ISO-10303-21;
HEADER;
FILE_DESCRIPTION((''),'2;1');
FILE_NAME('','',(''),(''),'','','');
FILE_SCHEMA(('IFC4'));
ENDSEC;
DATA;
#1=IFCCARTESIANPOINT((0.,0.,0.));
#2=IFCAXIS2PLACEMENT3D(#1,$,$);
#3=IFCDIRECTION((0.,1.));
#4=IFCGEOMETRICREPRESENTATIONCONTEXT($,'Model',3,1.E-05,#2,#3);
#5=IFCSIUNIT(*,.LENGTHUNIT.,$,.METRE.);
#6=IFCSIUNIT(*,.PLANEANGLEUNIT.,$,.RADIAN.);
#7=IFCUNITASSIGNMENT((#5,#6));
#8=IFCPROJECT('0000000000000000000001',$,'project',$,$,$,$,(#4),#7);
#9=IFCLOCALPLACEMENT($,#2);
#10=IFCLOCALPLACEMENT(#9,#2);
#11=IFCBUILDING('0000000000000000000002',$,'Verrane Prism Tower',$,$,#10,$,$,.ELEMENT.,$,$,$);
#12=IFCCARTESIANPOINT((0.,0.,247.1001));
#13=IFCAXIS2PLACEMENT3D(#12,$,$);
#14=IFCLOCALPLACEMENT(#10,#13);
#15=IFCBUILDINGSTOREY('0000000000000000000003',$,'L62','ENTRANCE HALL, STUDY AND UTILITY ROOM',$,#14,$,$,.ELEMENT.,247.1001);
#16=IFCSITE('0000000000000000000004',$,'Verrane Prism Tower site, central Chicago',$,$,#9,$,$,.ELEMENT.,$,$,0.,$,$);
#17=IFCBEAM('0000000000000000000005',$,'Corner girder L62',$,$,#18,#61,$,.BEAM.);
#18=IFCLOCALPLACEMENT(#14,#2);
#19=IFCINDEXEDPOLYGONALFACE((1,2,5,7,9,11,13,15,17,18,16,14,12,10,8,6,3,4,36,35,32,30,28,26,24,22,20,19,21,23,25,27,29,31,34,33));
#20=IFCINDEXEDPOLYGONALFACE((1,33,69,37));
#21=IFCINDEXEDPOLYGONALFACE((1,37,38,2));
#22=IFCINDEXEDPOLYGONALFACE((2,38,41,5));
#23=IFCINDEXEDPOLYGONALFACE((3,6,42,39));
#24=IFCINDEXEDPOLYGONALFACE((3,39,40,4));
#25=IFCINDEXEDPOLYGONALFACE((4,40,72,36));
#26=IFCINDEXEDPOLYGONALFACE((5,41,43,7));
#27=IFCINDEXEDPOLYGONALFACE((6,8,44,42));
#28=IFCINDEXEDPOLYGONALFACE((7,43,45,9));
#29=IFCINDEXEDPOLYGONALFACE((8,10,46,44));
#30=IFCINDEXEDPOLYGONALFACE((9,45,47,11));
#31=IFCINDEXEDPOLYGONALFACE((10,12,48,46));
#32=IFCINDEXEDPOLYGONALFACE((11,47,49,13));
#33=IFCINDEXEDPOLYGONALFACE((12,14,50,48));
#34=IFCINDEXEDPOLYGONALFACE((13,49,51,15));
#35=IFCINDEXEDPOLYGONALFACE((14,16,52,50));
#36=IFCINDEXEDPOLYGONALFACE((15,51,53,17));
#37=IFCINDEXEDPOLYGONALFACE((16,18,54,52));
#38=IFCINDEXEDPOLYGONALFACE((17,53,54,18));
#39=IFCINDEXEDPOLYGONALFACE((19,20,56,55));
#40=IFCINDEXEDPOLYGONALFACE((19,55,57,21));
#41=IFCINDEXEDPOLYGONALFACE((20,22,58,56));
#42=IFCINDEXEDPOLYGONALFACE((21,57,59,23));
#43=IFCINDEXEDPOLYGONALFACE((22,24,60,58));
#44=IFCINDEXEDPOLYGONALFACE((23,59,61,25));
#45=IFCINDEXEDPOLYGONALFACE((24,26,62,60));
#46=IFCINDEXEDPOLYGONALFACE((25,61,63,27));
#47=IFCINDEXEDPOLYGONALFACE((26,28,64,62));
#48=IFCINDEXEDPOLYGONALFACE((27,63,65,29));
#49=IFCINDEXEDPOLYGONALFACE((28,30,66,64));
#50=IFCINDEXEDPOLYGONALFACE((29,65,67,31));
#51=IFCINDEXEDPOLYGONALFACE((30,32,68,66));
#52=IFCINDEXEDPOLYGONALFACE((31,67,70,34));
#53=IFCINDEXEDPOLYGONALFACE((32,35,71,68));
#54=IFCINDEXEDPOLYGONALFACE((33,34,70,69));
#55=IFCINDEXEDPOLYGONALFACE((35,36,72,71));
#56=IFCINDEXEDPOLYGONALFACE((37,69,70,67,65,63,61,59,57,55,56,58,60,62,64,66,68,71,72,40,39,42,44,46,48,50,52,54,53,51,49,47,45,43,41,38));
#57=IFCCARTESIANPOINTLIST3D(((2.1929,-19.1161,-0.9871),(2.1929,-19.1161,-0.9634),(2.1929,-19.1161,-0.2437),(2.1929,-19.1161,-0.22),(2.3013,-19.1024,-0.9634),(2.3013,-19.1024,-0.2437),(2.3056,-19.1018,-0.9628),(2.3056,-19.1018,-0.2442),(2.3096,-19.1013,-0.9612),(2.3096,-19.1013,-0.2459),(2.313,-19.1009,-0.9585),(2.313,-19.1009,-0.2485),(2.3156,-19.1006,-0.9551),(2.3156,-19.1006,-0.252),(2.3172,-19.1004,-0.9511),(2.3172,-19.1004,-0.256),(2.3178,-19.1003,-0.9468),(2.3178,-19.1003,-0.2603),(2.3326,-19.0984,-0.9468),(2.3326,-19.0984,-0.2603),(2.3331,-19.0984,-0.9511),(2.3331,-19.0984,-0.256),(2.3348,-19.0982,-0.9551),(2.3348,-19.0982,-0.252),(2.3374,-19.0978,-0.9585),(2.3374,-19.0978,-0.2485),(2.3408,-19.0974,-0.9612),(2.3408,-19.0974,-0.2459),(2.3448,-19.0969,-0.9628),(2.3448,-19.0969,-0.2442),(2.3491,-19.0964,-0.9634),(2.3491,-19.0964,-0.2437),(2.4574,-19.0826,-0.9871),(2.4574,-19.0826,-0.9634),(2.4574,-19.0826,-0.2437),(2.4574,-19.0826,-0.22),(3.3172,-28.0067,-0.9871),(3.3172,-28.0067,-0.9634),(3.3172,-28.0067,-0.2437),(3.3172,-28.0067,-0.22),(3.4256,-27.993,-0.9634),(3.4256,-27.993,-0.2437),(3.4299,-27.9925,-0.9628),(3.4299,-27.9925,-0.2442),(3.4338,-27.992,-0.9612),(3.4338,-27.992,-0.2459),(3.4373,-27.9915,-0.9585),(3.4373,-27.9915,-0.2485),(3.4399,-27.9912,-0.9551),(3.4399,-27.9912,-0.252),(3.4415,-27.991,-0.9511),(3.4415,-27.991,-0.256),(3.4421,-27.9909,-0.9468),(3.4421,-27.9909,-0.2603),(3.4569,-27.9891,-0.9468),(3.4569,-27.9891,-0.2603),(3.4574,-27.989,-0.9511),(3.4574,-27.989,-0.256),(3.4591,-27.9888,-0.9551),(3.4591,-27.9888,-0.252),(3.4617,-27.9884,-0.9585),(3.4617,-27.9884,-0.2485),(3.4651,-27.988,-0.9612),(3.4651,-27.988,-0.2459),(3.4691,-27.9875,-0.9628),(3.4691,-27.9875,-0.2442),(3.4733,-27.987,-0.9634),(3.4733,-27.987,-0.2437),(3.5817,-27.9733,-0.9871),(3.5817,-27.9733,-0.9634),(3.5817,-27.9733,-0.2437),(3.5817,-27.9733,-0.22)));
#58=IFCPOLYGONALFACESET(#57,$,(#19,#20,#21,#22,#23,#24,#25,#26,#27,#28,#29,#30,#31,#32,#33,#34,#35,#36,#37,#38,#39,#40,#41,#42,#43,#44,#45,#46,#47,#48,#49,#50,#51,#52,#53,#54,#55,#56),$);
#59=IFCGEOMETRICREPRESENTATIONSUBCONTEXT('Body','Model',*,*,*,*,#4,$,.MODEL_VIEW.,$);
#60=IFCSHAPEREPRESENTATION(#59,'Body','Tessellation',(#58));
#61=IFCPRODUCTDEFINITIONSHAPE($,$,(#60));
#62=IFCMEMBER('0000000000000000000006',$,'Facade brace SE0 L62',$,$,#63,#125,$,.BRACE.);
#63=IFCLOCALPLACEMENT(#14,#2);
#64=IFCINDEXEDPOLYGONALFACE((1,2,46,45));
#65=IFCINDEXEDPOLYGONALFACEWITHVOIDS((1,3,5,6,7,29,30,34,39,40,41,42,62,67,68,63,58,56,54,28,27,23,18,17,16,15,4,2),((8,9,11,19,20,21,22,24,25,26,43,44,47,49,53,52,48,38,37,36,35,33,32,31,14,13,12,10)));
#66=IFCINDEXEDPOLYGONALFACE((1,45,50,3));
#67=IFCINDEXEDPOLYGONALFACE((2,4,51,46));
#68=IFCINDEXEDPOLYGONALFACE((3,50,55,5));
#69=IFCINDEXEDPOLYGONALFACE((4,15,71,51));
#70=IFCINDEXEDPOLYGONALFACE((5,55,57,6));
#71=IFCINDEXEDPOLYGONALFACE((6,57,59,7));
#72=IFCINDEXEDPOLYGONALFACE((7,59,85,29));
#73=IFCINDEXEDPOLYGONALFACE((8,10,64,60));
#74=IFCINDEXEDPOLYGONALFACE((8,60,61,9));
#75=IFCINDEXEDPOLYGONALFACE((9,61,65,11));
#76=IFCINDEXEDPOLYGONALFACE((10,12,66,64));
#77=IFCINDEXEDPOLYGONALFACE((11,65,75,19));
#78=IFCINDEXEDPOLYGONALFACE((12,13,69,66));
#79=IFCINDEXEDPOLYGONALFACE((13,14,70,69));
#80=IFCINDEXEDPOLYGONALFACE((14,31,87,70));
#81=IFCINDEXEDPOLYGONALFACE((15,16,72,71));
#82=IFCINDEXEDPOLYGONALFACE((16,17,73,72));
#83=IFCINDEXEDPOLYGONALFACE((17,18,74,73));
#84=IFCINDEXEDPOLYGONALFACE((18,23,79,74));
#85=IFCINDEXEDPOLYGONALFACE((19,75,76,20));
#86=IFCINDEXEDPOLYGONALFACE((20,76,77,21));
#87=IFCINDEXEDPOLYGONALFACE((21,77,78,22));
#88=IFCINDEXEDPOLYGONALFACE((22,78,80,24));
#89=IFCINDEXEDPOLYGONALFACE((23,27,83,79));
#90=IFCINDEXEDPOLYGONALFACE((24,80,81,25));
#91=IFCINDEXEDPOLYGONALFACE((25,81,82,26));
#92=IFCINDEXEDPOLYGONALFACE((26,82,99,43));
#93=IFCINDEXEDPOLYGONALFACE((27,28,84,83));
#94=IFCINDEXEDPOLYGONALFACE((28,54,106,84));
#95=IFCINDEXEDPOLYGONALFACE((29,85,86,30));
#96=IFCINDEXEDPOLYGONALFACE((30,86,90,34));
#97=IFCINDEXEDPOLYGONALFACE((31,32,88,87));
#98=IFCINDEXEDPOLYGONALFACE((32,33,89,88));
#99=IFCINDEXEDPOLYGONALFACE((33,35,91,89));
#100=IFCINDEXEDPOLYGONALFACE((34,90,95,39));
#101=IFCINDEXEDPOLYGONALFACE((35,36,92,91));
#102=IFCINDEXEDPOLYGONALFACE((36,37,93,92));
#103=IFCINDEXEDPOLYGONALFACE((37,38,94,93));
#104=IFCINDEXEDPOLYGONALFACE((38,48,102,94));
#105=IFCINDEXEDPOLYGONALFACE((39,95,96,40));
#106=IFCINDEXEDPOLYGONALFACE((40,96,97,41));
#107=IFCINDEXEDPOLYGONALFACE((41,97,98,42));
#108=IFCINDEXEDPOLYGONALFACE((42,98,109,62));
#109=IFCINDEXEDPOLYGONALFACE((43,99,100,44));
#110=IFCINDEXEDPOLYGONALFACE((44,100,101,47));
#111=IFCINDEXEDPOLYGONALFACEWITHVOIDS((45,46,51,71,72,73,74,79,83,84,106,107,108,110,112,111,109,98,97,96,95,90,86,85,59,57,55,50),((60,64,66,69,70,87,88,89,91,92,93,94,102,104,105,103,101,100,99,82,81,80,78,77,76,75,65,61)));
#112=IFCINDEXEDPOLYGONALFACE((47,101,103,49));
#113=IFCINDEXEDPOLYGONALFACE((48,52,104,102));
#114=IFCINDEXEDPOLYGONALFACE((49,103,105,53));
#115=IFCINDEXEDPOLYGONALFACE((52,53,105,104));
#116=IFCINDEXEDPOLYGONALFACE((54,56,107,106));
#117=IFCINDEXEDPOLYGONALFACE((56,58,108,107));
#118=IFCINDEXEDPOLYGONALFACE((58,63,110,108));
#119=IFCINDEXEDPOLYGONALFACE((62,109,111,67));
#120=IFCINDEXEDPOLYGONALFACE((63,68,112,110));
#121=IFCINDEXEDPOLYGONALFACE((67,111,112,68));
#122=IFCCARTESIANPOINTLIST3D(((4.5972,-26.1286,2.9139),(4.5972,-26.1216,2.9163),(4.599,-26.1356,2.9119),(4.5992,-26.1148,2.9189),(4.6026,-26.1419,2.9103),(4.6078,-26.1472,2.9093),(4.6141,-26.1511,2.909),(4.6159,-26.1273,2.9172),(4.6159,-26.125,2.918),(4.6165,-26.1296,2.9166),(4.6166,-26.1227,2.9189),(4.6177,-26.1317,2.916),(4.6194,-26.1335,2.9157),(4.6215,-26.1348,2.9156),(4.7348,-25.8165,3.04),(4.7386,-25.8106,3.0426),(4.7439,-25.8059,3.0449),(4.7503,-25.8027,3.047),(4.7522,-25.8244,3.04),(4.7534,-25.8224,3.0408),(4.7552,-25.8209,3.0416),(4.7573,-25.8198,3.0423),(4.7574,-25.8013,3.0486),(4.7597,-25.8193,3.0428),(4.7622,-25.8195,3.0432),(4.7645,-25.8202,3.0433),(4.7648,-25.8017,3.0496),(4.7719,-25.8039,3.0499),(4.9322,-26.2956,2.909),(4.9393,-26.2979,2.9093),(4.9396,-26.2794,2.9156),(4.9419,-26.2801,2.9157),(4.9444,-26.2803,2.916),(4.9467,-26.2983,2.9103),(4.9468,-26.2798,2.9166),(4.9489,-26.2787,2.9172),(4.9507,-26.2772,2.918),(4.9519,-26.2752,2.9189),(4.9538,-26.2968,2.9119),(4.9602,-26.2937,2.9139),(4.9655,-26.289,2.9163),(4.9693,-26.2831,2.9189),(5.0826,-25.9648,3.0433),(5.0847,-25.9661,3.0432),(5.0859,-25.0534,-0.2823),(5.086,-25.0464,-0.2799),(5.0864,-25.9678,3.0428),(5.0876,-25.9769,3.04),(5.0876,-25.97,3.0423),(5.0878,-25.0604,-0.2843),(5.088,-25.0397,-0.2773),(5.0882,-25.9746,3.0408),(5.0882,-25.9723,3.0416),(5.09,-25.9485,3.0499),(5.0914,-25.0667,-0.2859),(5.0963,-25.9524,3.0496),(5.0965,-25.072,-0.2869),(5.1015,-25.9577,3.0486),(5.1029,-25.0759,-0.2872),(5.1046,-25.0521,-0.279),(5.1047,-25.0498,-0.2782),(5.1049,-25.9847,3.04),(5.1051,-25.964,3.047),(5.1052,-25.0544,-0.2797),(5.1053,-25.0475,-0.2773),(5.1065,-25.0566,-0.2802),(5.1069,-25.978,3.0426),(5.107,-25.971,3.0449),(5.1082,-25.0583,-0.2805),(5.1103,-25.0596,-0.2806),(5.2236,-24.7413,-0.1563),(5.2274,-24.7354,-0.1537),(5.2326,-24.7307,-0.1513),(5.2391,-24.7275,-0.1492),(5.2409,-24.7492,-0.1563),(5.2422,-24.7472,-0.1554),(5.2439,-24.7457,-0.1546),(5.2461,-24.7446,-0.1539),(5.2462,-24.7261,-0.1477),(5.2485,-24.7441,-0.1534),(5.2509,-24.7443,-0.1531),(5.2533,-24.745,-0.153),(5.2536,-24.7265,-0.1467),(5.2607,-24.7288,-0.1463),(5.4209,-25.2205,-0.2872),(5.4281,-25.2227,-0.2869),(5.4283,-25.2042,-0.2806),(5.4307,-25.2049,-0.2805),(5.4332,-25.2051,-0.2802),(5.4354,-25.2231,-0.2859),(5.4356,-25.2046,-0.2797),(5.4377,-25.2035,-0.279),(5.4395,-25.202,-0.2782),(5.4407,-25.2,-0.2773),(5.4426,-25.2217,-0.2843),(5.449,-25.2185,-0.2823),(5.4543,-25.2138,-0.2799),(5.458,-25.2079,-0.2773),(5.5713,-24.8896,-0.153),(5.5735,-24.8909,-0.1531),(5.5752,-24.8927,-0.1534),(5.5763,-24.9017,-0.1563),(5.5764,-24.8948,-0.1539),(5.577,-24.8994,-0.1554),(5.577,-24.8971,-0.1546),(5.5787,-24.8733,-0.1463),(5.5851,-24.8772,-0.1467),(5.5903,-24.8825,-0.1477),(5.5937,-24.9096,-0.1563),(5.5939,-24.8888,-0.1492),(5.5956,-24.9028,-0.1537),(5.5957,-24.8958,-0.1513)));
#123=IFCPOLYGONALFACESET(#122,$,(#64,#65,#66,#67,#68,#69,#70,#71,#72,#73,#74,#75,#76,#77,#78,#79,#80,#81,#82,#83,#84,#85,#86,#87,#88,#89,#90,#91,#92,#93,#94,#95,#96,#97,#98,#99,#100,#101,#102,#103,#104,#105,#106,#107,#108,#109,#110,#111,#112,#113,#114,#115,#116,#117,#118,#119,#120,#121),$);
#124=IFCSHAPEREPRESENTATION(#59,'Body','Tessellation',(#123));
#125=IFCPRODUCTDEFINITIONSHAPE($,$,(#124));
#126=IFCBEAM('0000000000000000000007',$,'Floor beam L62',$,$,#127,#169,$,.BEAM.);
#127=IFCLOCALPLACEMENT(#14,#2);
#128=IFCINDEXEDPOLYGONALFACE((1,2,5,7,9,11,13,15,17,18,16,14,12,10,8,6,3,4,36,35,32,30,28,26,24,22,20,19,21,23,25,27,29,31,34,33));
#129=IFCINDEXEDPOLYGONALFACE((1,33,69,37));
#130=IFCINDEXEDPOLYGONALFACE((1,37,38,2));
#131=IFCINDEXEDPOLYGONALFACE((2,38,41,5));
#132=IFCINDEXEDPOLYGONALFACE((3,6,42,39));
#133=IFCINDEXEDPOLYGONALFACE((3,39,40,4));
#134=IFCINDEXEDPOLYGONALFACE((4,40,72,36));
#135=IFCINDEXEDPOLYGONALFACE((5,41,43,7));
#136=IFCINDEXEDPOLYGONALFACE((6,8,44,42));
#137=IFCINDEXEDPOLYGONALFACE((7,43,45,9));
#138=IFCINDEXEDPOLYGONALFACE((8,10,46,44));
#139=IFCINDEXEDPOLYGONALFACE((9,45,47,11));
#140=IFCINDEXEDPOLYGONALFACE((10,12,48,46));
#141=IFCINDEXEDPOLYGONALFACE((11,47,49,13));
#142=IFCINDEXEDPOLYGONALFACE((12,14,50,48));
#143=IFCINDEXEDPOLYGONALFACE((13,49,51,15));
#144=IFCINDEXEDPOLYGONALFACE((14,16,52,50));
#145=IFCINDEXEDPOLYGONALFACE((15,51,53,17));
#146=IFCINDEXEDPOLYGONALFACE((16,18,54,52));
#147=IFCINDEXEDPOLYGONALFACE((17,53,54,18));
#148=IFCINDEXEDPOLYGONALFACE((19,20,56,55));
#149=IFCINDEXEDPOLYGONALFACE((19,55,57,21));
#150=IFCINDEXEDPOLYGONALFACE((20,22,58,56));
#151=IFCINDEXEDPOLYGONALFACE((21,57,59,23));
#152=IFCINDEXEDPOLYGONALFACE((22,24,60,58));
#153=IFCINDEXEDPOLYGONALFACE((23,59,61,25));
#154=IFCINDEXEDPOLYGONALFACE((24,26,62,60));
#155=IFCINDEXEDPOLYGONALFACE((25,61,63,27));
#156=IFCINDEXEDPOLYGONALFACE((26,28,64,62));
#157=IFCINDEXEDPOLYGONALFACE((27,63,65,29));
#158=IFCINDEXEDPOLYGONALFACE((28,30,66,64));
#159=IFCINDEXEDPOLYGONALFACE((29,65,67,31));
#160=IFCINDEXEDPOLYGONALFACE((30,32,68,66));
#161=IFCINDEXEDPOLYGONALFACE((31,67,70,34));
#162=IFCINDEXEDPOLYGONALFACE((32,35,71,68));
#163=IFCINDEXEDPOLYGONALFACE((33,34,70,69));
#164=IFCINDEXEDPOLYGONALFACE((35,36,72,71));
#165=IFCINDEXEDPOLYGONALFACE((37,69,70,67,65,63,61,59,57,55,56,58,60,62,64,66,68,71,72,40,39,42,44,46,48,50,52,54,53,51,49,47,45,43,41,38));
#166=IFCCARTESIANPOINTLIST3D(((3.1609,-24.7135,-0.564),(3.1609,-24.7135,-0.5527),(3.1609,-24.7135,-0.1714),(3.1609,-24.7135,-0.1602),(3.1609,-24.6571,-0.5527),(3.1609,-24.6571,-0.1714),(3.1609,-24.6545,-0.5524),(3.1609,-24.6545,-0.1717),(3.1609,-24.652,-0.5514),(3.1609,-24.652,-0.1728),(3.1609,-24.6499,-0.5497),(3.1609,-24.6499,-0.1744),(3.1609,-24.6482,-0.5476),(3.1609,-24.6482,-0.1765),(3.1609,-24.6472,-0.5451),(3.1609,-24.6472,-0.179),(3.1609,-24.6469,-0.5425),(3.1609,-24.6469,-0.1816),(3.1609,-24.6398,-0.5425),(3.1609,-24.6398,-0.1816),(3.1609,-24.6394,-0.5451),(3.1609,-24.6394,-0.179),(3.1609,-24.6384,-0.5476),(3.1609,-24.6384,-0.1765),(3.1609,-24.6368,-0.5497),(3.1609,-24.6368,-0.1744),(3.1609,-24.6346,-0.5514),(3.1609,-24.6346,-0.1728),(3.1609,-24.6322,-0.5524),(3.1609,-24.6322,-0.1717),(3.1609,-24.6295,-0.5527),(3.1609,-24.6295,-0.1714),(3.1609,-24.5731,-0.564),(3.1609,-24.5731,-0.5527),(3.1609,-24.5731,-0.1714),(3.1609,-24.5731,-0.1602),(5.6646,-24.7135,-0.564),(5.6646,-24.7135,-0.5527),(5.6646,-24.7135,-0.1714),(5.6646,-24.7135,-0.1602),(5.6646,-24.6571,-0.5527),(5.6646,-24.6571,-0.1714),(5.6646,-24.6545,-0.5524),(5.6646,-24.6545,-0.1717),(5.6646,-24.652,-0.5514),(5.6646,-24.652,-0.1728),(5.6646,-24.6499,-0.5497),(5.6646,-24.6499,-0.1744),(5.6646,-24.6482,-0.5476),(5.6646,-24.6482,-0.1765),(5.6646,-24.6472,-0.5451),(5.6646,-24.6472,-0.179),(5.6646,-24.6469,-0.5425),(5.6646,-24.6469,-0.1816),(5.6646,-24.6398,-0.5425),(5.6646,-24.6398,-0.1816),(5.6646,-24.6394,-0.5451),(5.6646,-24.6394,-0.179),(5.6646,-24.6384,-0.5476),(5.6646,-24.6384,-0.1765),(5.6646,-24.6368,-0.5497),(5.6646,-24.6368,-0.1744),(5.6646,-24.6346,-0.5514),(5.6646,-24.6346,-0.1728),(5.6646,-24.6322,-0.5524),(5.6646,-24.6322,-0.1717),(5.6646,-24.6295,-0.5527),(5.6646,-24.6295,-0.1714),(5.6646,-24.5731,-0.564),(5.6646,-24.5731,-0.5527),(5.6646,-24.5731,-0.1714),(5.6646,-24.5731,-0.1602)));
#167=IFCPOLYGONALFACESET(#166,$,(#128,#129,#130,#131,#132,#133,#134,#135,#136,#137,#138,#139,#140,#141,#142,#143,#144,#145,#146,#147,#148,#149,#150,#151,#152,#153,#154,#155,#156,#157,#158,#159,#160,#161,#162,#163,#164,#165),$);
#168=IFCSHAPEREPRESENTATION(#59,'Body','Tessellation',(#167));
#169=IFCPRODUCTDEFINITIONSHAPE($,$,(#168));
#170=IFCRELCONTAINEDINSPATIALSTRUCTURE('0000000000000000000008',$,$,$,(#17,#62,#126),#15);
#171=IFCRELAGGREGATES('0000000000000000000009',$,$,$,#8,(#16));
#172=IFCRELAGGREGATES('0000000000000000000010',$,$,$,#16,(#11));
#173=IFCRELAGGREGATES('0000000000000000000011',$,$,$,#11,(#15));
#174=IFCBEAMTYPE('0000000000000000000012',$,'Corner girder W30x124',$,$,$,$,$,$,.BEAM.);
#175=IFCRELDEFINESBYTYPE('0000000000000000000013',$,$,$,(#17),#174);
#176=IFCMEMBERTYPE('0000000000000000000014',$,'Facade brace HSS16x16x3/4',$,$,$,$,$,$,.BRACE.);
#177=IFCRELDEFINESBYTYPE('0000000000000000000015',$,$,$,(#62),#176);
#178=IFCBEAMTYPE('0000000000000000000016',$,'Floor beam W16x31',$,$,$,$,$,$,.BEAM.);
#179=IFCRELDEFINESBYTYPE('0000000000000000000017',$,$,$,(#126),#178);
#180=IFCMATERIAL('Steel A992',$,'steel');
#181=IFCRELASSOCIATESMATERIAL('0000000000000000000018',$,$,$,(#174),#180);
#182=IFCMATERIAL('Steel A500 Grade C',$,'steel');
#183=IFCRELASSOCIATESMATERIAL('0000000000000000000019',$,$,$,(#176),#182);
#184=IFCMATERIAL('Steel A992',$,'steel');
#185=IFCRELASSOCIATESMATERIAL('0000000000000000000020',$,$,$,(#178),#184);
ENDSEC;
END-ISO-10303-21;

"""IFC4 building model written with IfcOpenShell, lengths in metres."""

from ifc_helpers import new_model, si_unit, direction, frame, origin, origin_2d, place, context, subcontext, project, spatial, hollow_rectangle, i_section, extrude, material, material_profile, profile_set, type_object, element, save


model = new_model("IFC4")

# Units and contexts
model_context = context("Model", 3, precision=1e-05, world=origin(), true_north=direction((0.0, 1.0)))
body_context = subcontext(model_context, "Body", "Model", "MODEL_VIEW")
ifc_project = project(units=[si_unit("LENGTHUNIT", "METRE"), si_unit("PLANEANGLEUNIT", "RADIAN")], contexts=[model_context])

# Site, building, storey
site_placement = place(None, origin())
site = spatial("IfcSite", under=ifc_project, at=site_placement, Name="Verrane Prism Tower site, central Chicago", CompositionType="ELEMENT", RefElevation=0.0)
building_placement = place(site_placement, origin())
building = spatial("IfcBuilding", under=site, at=building_placement, Name="Verrane Prism Tower", CompositionType="ELEMENT")
storey_placement = place(building_placement, frame((0.0, 0.0, 247.1001)))
storey = spatial("IfcBuildingStorey", under=building, at=storey_placement, Name="L62", Description="ENTRANCE HALL, STUDY AND UTILITY ROOM", CompositionType="ELEMENT", Elevation=247.1001)

# Beam
ifc_material_1 = material(Name="Steel A992", Category="steel")
ifc_material_profile_1 = material_profile(ifc_material_1, i_section(OverallWidth=0.2666, OverallDepth=0.7671, WebThickness=0.0149, FlangeThickness=0.0237, FilletRadius=0.0166, at=origin_2d()), Name="W30x124")
ifc_profile_set_1 = profile_set([ifc_material_profile_1], Name="Steel A992")
beam_type_1 = type_object("IfcBeamType", Name="Corner girder W30x124", PredefinedType="BEAM", material=ifc_profile_set_1)
beam_1_placement = place(storey_placement, frame((3.4495, -27.99, -0.6035), z_axis=(-0.125456, 0.992099, 0.0), x_axis=(-0.992099, -0.125456, 0.0)))
element("IfcBeam", 1, at=beam_1_placement, inside=storey, type_object=beam_type_1, Name="Corner girder L62", PredefinedType="BEAM", context=body_context, shape_type="SweptSolid", body=[
    extrude(i_section(OverallWidth=0.2666, OverallDepth=0.7671, WebThickness=0.0149, FlangeThickness=0.0237, FilletRadius=0.0166, at=origin_2d()), origin(), (0.0, 0.0, 1.0), 8.9614),
])

# Member
ifc_material_2 = material(Name="Steel A500 Grade C", Category="steel")
ifc_material_profile_2 = material_profile(ifc_material_2, hollow_rectangle(XDim=0.4065, YDim=0.4065, WallThickness=0.019, InnerFilletRadius=0.0095, OuterFilletRadius=0.0286, at=origin_2d()), Name="HSS16x16x3/4")
ifc_profile_set_2 = profile_set([ifc_material_profile_2], Name="Steel A500 Grade C")
member_type_1 = type_object("IfcMemberType", Name="Facade brace HSS16x16x3/4", PredefinedType="BRACE", material=ifc_profile_set_2)
member_1_placement = place(storey_placement, frame((5.3408, -24.9746, -0.2168), z_axis=(-0.143438, -0.315536, 0.93801), x_axis=(0.910352, -0.413834, 0.0)))
element("IfcMember", 2, at=member_1_placement, inside=storey, type_object=member_type_1, Name="Facade brace SE0 L62", PredefinedType="BRACE", context=body_context, shape_type="SweptSolid", body=[
    extrude(hollow_rectangle(XDim=0.4065, YDim=0.4065, WallThickness=0.019, InnerFilletRadius=0.0095, OuterFilletRadius=0.0286, at=origin_2d()), origin(), (0.0, 0.0, 1.0), 3.4075),
])

# Beam
ifc_material_3 = material(Name="Steel A992", Category="steel")
ifc_material_profile_3 = material_profile(ifc_material_3, i_section(OverallWidth=0.1404, OverallDepth=0.4038, WebThickness=0.0071, FlangeThickness=0.0112, FilletRadius=0.0103, at=origin_2d()), Name="W16x31")
ifc_profile_set_3 = profile_set([ifc_material_profile_3], Name="Steel A992")
beam_type_2 = type_object("IfcBeamType", Name="Floor beam W16x31", PredefinedType="BEAM", material=ifc_profile_set_3)
beam_2_placement = place(storey_placement, frame((3.1609, -24.6433, -0.3621), z_axis=(1.0, 0.0, 0.0), x_axis=(0.0, 1.0, 0.0)))
element("IfcBeam", 3, at=beam_2_placement, inside=storey, type_object=beam_type_2, Name="Floor beam L62", PredefinedType="BEAM", context=body_context, shape_type="SweptSolid", body=[
    extrude(i_section(OverallWidth=0.1404, OverallDepth=0.4038, WebThickness=0.0071, FlangeThickness=0.0112, FilletRadius=0.0103, at=origin_2d()), origin(), (0.0, 0.0, 1.0), 2.5037),
])

save(model, "model.ifc")
